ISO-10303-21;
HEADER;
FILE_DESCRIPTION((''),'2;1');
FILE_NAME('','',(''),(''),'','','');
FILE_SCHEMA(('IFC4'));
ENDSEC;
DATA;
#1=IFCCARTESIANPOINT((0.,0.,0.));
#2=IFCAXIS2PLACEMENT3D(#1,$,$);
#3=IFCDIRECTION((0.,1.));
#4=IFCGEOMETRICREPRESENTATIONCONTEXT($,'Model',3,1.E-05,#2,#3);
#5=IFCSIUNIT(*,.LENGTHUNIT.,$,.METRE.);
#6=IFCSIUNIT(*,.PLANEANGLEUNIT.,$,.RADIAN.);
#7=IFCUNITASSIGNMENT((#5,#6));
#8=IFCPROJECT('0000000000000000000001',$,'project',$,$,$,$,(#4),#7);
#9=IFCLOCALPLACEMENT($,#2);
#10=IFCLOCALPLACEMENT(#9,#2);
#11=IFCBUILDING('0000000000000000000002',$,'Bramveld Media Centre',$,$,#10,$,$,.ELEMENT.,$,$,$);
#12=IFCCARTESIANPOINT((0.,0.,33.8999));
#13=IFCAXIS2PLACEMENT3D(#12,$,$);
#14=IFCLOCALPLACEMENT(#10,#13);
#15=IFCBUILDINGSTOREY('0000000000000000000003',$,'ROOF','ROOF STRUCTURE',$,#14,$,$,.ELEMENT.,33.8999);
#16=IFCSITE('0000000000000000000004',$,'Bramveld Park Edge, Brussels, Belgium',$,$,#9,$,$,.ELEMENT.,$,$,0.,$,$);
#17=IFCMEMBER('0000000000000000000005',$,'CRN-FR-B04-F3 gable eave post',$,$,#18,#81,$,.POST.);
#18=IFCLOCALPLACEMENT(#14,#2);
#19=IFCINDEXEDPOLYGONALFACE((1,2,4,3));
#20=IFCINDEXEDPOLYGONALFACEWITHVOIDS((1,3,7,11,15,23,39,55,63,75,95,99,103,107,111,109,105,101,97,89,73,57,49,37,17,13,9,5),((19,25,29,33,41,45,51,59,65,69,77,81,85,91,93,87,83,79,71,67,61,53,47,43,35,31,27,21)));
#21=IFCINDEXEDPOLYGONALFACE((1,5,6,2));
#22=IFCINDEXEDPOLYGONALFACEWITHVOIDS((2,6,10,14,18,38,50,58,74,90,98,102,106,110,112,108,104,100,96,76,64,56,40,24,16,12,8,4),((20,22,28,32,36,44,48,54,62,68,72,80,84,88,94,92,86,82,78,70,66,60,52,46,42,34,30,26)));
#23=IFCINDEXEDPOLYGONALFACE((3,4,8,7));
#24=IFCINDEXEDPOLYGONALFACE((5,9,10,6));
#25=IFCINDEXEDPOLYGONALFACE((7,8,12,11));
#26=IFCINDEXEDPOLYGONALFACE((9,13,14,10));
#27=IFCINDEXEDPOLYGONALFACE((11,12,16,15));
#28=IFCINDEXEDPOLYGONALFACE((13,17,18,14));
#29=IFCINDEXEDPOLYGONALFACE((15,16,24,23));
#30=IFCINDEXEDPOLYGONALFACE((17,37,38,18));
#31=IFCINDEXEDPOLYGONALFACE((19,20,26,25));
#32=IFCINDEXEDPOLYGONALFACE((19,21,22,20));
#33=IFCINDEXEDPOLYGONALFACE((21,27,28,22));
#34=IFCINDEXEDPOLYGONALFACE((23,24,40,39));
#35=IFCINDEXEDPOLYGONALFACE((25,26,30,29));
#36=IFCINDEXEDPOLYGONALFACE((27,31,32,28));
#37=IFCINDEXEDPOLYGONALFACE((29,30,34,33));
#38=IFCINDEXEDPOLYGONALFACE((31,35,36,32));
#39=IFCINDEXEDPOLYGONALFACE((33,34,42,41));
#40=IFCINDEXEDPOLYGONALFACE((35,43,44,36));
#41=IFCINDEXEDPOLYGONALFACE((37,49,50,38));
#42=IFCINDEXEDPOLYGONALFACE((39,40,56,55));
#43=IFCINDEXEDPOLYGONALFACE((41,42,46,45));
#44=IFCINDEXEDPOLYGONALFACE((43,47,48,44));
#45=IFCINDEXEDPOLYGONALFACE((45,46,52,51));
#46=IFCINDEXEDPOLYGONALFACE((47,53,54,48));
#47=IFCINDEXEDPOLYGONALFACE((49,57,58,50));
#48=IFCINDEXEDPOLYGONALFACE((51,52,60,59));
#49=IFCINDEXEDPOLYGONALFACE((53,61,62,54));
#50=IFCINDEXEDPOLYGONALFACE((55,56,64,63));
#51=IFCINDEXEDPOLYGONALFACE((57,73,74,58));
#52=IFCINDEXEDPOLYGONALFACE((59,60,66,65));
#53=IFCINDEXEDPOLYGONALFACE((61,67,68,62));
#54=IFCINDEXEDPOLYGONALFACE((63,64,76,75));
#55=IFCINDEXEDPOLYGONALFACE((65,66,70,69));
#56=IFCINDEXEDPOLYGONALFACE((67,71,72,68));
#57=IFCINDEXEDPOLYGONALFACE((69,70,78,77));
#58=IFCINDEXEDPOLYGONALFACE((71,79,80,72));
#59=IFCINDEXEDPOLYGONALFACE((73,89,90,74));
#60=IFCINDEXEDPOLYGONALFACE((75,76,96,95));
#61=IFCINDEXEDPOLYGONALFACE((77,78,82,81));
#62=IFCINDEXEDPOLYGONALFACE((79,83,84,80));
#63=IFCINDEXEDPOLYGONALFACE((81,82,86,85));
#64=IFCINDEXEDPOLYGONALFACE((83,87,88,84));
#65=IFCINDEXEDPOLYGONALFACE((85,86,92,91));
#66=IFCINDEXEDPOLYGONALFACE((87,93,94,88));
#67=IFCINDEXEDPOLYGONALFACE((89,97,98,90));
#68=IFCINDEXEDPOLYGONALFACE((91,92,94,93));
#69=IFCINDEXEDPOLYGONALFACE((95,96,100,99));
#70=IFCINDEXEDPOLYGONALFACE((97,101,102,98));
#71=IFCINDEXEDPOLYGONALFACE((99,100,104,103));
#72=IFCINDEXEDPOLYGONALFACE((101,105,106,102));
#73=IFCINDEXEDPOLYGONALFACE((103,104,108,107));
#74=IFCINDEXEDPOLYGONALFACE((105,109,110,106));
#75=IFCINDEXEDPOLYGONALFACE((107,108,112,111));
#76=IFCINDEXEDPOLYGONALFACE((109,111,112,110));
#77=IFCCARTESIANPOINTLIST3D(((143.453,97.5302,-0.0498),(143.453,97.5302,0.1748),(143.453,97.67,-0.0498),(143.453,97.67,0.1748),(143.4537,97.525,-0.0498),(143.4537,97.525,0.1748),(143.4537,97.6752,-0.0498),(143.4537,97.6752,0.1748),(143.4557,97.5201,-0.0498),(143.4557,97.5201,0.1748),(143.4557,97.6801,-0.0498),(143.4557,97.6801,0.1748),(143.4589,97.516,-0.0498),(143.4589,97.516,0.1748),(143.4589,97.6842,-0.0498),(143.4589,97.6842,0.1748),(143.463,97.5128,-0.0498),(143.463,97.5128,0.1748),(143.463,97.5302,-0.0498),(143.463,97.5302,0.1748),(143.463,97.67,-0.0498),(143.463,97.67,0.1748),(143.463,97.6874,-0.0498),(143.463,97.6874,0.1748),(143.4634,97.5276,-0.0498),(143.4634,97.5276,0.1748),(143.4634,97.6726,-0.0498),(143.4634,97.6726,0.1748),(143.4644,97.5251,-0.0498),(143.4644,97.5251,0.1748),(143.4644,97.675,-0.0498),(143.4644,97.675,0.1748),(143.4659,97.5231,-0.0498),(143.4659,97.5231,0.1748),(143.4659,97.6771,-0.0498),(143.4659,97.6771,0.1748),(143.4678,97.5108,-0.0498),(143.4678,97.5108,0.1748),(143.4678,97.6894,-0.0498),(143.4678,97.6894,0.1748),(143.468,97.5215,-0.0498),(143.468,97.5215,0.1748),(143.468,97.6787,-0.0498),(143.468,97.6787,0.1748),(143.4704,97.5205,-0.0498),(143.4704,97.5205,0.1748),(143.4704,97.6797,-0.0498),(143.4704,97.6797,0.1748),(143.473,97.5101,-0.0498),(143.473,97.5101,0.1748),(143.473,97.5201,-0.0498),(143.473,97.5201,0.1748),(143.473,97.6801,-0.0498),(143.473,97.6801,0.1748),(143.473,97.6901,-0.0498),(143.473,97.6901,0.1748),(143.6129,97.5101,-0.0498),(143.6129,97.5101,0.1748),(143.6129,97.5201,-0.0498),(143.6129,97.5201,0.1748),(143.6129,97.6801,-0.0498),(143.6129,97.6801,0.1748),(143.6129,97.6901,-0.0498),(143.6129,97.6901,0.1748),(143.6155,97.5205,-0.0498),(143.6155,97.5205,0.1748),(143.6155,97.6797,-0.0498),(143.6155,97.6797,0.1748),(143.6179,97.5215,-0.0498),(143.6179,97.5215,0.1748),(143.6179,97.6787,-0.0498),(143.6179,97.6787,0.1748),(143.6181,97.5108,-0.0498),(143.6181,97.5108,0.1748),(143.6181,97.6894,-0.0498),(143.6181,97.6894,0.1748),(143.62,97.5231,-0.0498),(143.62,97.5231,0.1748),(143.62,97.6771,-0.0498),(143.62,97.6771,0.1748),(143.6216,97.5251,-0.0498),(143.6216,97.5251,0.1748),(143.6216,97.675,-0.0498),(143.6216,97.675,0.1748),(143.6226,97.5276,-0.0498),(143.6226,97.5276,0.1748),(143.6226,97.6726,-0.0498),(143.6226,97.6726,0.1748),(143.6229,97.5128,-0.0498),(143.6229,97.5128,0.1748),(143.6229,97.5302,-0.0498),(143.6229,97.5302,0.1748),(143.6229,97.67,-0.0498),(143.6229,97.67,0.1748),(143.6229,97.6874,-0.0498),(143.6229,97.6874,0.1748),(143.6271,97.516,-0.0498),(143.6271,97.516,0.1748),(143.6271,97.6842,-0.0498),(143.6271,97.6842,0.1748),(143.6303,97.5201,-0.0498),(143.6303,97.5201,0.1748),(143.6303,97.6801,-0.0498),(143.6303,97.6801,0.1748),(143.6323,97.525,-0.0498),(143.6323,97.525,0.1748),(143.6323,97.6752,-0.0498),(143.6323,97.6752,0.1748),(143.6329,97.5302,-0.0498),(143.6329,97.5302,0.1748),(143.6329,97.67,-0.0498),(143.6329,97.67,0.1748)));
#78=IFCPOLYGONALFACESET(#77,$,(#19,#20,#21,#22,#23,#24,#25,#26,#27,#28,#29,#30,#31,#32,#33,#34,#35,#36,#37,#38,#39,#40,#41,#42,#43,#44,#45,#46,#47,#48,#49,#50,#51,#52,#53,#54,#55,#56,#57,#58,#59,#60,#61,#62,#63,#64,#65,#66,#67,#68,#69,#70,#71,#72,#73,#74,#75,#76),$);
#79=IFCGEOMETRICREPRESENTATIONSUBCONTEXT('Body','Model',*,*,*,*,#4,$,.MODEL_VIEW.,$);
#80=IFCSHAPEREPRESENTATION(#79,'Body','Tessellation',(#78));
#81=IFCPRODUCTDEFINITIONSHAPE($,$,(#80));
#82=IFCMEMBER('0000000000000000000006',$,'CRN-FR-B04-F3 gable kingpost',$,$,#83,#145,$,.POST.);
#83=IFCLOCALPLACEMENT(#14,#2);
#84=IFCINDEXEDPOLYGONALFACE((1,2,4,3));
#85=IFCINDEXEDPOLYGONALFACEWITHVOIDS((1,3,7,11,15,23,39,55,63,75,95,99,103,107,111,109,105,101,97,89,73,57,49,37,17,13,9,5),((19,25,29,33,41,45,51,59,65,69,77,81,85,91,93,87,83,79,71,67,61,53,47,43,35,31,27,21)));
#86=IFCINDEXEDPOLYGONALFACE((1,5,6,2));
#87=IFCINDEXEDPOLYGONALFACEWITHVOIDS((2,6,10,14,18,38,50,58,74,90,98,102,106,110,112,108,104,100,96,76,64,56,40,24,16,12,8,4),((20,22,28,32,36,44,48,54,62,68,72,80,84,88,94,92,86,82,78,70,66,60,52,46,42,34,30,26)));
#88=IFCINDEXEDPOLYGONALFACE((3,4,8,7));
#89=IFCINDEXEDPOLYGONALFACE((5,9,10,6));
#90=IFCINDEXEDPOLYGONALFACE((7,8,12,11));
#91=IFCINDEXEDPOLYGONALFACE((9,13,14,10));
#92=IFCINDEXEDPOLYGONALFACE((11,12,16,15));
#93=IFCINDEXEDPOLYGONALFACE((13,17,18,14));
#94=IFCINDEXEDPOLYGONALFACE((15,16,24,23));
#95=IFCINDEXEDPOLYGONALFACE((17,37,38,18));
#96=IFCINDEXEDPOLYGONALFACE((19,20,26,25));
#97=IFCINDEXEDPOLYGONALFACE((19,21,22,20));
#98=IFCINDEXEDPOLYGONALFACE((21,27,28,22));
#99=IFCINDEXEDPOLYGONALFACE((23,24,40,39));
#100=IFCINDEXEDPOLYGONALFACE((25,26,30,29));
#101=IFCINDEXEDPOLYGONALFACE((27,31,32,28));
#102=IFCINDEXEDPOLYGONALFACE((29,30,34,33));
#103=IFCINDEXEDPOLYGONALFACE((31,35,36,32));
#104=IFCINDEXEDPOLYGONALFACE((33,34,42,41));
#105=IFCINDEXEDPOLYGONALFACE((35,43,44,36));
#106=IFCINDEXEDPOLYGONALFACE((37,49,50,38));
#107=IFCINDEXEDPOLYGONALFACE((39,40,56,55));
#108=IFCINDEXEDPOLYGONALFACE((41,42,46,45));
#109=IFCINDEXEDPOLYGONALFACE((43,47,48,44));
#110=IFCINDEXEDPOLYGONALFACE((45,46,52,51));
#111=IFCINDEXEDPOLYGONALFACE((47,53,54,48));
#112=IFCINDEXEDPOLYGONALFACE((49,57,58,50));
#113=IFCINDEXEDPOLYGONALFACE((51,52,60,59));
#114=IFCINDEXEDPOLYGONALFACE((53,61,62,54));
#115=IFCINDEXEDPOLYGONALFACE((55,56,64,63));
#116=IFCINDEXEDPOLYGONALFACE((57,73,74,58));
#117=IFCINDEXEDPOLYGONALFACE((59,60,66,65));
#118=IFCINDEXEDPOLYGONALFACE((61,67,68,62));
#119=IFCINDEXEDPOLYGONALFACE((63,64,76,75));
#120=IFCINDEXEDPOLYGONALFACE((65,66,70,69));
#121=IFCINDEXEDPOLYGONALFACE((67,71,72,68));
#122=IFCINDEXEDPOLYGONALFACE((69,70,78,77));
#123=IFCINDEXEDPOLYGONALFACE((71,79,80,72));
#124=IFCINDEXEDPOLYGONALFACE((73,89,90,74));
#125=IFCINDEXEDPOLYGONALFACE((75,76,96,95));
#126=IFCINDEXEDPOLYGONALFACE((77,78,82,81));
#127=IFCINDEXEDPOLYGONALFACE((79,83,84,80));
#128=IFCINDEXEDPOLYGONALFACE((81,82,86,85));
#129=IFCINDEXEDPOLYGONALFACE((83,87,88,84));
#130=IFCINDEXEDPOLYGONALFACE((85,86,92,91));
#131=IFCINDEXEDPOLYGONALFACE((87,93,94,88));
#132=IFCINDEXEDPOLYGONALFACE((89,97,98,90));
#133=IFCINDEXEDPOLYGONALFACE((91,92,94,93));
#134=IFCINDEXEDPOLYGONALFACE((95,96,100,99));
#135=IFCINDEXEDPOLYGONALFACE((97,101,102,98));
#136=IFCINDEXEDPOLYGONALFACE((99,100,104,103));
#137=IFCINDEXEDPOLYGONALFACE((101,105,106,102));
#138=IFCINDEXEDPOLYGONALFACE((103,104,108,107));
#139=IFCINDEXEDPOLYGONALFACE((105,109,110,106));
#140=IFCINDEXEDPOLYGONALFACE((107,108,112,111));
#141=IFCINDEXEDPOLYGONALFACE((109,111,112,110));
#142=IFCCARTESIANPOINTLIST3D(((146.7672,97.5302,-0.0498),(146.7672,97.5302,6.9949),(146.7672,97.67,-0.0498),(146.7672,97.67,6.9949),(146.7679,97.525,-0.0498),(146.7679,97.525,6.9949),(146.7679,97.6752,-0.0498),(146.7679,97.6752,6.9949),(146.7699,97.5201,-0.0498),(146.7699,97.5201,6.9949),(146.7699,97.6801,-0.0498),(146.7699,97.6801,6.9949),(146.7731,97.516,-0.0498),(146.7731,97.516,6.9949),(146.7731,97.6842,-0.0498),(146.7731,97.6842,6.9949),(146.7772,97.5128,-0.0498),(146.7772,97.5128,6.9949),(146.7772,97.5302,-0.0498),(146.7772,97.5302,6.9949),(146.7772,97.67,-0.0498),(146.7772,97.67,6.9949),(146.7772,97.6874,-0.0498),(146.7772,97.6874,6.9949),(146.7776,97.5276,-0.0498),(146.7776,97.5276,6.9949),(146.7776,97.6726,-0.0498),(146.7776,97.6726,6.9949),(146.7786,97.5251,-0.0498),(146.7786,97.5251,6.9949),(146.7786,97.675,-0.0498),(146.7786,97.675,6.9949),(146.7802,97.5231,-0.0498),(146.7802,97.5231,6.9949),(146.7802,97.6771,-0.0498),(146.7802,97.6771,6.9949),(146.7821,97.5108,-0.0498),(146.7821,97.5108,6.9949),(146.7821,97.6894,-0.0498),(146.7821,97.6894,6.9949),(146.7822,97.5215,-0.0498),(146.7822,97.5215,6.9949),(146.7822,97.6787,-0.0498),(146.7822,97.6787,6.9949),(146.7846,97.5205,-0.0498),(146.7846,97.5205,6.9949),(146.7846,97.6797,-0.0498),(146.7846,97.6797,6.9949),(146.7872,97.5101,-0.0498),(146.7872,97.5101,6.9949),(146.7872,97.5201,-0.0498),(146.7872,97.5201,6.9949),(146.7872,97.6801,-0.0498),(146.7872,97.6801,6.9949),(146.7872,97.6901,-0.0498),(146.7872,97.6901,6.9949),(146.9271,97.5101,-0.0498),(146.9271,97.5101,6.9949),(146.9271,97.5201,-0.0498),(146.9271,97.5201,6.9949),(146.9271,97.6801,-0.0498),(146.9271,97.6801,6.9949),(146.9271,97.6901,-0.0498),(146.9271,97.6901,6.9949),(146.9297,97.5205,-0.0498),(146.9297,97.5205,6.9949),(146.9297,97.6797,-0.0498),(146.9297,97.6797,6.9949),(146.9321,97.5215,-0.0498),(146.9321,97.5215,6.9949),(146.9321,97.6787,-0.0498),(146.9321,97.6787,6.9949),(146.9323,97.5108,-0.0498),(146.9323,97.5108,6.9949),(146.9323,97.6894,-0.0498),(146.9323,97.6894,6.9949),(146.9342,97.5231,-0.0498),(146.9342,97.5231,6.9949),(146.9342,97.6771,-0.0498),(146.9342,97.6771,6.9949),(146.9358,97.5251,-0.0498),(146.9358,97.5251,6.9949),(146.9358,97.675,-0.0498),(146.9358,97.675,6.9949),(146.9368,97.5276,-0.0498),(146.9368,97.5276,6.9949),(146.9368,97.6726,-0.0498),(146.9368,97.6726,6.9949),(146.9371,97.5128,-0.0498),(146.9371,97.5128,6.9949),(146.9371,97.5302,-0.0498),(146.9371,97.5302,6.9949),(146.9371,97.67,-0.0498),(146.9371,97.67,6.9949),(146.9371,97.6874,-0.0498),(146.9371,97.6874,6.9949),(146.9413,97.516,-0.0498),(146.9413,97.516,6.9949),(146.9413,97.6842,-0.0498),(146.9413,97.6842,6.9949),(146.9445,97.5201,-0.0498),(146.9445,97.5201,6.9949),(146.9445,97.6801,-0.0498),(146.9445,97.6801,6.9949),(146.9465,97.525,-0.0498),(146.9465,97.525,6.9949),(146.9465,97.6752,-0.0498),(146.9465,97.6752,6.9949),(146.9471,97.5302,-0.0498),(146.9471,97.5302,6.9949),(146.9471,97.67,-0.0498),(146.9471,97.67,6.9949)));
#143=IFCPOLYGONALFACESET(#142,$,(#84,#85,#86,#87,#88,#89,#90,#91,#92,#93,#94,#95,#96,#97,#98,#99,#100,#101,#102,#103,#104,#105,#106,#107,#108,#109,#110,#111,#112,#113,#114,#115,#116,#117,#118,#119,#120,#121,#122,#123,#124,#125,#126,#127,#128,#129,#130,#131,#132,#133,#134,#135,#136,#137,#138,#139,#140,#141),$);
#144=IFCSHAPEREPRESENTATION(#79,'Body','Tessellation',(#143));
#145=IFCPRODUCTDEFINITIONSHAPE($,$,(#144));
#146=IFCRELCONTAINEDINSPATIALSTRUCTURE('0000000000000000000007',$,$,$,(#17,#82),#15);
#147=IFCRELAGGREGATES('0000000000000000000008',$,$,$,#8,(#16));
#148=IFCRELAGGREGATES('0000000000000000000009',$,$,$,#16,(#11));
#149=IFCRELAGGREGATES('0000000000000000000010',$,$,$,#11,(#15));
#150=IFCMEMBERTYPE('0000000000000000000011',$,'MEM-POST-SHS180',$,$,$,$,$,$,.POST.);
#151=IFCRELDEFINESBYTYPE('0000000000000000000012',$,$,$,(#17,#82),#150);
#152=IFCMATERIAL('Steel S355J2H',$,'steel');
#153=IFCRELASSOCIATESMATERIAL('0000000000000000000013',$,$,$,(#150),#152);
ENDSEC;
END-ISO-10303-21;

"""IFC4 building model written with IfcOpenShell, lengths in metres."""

from ifc_helpers import new_model, si_unit, direction, frame, origin, origin_2d, place, context, subcontext, project, spatial, hollow_rectangle, extrude, material, material_profile, profile_set, type_object, element, save


model = new_model("IFC4")

# Units and contexts
model_context = context("Model", 3, precision=1e-05, world=origin(), true_north=direction((0.0, 1.0)))
body_context = subcontext(model_context, "Body", "Model", "MODEL_VIEW")
ifc_project = project(units=[si_unit("LENGTHUNIT", "METRE"), si_unit("PLANEANGLEUNIT", "RADIAN")], contexts=[model_context])

# Site, building, storey
site_placement = place(None, origin())
site = spatial("IfcSite", under=ifc_project, at=site_placement, Name="Bramveld Park Edge, Brussels, Belgium", CompositionType="ELEMENT", RefElevation=0.0)
building_placement = place(site_placement, origin())
building = spatial("IfcBuilding", under=site, at=building_placement, Name="Bramveld Media Centre", CompositionType="ELEMENT")
storey_placement = place(building_placement, frame((0.0, 0.0, 33.8999)))
storey = spatial("IfcBuildingStorey", under=building, at=storey_placement, Name="ROOF", Description="ROOF STRUCTURE", CompositionType="ELEMENT", Elevation=33.8999)

# Members
ifc_material_1 = material(Name="Steel S355J2H", Category="steel")
ifc_material_profile_1 = material_profile(ifc_material_1, hollow_rectangle(XDim=0.1799, YDim=0.1799, WallThickness=0.01, InnerFilletRadius=0.01, OuterFilletRadius=0.02, at=origin_2d()), Name="SHS 180x180x10")
ifc_profile_set_1 = profile_set([ifc_material_profile_1], Name="Steel S355J2H")
member_type_1 = type_object("IfcMemberType", Name="MEM-POST-SHS180", PredefinedType="POST", material=ifc_profile_set_1)
member_1_placement = place(storey_placement, frame((143.543, 97.6001, -0.0498), z_axis=(0.0, 0.0, 1.0), x_axis=(1.0, 0.0, 0.0)))
element("IfcMember", 1, at=member_1_placement, inside=storey, type_object=member_type_1, Name="CRN-FR-B04-F3 gable eave post", PredefinedType="POST", context=body_context, shape_type="SweptSolid", body=[
    extrude(hollow_rectangle(XDim=0.1799, YDim=0.1799, WallThickness=0.01, InnerFilletRadius=0.01, OuterFilletRadius=0.02, at=origin_2d()), origin(), (0.0, 0.0, 1.0), 0.2246),
])
member_2_placement = place(storey_placement, frame((146.8572, 97.6001, -0.0498), z_axis=(0.0, 0.0, 1.0), x_axis=(1.0, 0.0, 0.0)))
element("IfcMember", 2, at=member_2_placement, inside=storey, type_object=member_type_1, Name="CRN-FR-B04-F3 gable kingpost", PredefinedType="POST", context=body_context, shape_type="SweptSolid", body=[
    extrude(hollow_rectangle(XDim=0.1799, YDim=0.1799, WallThickness=0.01, InnerFilletRadius=0.01, OuterFilletRadius=0.02, at=origin_2d()), origin(), (0.0, 0.0, 1.0), 7.0447),
])

save(model, "model.ifc")
